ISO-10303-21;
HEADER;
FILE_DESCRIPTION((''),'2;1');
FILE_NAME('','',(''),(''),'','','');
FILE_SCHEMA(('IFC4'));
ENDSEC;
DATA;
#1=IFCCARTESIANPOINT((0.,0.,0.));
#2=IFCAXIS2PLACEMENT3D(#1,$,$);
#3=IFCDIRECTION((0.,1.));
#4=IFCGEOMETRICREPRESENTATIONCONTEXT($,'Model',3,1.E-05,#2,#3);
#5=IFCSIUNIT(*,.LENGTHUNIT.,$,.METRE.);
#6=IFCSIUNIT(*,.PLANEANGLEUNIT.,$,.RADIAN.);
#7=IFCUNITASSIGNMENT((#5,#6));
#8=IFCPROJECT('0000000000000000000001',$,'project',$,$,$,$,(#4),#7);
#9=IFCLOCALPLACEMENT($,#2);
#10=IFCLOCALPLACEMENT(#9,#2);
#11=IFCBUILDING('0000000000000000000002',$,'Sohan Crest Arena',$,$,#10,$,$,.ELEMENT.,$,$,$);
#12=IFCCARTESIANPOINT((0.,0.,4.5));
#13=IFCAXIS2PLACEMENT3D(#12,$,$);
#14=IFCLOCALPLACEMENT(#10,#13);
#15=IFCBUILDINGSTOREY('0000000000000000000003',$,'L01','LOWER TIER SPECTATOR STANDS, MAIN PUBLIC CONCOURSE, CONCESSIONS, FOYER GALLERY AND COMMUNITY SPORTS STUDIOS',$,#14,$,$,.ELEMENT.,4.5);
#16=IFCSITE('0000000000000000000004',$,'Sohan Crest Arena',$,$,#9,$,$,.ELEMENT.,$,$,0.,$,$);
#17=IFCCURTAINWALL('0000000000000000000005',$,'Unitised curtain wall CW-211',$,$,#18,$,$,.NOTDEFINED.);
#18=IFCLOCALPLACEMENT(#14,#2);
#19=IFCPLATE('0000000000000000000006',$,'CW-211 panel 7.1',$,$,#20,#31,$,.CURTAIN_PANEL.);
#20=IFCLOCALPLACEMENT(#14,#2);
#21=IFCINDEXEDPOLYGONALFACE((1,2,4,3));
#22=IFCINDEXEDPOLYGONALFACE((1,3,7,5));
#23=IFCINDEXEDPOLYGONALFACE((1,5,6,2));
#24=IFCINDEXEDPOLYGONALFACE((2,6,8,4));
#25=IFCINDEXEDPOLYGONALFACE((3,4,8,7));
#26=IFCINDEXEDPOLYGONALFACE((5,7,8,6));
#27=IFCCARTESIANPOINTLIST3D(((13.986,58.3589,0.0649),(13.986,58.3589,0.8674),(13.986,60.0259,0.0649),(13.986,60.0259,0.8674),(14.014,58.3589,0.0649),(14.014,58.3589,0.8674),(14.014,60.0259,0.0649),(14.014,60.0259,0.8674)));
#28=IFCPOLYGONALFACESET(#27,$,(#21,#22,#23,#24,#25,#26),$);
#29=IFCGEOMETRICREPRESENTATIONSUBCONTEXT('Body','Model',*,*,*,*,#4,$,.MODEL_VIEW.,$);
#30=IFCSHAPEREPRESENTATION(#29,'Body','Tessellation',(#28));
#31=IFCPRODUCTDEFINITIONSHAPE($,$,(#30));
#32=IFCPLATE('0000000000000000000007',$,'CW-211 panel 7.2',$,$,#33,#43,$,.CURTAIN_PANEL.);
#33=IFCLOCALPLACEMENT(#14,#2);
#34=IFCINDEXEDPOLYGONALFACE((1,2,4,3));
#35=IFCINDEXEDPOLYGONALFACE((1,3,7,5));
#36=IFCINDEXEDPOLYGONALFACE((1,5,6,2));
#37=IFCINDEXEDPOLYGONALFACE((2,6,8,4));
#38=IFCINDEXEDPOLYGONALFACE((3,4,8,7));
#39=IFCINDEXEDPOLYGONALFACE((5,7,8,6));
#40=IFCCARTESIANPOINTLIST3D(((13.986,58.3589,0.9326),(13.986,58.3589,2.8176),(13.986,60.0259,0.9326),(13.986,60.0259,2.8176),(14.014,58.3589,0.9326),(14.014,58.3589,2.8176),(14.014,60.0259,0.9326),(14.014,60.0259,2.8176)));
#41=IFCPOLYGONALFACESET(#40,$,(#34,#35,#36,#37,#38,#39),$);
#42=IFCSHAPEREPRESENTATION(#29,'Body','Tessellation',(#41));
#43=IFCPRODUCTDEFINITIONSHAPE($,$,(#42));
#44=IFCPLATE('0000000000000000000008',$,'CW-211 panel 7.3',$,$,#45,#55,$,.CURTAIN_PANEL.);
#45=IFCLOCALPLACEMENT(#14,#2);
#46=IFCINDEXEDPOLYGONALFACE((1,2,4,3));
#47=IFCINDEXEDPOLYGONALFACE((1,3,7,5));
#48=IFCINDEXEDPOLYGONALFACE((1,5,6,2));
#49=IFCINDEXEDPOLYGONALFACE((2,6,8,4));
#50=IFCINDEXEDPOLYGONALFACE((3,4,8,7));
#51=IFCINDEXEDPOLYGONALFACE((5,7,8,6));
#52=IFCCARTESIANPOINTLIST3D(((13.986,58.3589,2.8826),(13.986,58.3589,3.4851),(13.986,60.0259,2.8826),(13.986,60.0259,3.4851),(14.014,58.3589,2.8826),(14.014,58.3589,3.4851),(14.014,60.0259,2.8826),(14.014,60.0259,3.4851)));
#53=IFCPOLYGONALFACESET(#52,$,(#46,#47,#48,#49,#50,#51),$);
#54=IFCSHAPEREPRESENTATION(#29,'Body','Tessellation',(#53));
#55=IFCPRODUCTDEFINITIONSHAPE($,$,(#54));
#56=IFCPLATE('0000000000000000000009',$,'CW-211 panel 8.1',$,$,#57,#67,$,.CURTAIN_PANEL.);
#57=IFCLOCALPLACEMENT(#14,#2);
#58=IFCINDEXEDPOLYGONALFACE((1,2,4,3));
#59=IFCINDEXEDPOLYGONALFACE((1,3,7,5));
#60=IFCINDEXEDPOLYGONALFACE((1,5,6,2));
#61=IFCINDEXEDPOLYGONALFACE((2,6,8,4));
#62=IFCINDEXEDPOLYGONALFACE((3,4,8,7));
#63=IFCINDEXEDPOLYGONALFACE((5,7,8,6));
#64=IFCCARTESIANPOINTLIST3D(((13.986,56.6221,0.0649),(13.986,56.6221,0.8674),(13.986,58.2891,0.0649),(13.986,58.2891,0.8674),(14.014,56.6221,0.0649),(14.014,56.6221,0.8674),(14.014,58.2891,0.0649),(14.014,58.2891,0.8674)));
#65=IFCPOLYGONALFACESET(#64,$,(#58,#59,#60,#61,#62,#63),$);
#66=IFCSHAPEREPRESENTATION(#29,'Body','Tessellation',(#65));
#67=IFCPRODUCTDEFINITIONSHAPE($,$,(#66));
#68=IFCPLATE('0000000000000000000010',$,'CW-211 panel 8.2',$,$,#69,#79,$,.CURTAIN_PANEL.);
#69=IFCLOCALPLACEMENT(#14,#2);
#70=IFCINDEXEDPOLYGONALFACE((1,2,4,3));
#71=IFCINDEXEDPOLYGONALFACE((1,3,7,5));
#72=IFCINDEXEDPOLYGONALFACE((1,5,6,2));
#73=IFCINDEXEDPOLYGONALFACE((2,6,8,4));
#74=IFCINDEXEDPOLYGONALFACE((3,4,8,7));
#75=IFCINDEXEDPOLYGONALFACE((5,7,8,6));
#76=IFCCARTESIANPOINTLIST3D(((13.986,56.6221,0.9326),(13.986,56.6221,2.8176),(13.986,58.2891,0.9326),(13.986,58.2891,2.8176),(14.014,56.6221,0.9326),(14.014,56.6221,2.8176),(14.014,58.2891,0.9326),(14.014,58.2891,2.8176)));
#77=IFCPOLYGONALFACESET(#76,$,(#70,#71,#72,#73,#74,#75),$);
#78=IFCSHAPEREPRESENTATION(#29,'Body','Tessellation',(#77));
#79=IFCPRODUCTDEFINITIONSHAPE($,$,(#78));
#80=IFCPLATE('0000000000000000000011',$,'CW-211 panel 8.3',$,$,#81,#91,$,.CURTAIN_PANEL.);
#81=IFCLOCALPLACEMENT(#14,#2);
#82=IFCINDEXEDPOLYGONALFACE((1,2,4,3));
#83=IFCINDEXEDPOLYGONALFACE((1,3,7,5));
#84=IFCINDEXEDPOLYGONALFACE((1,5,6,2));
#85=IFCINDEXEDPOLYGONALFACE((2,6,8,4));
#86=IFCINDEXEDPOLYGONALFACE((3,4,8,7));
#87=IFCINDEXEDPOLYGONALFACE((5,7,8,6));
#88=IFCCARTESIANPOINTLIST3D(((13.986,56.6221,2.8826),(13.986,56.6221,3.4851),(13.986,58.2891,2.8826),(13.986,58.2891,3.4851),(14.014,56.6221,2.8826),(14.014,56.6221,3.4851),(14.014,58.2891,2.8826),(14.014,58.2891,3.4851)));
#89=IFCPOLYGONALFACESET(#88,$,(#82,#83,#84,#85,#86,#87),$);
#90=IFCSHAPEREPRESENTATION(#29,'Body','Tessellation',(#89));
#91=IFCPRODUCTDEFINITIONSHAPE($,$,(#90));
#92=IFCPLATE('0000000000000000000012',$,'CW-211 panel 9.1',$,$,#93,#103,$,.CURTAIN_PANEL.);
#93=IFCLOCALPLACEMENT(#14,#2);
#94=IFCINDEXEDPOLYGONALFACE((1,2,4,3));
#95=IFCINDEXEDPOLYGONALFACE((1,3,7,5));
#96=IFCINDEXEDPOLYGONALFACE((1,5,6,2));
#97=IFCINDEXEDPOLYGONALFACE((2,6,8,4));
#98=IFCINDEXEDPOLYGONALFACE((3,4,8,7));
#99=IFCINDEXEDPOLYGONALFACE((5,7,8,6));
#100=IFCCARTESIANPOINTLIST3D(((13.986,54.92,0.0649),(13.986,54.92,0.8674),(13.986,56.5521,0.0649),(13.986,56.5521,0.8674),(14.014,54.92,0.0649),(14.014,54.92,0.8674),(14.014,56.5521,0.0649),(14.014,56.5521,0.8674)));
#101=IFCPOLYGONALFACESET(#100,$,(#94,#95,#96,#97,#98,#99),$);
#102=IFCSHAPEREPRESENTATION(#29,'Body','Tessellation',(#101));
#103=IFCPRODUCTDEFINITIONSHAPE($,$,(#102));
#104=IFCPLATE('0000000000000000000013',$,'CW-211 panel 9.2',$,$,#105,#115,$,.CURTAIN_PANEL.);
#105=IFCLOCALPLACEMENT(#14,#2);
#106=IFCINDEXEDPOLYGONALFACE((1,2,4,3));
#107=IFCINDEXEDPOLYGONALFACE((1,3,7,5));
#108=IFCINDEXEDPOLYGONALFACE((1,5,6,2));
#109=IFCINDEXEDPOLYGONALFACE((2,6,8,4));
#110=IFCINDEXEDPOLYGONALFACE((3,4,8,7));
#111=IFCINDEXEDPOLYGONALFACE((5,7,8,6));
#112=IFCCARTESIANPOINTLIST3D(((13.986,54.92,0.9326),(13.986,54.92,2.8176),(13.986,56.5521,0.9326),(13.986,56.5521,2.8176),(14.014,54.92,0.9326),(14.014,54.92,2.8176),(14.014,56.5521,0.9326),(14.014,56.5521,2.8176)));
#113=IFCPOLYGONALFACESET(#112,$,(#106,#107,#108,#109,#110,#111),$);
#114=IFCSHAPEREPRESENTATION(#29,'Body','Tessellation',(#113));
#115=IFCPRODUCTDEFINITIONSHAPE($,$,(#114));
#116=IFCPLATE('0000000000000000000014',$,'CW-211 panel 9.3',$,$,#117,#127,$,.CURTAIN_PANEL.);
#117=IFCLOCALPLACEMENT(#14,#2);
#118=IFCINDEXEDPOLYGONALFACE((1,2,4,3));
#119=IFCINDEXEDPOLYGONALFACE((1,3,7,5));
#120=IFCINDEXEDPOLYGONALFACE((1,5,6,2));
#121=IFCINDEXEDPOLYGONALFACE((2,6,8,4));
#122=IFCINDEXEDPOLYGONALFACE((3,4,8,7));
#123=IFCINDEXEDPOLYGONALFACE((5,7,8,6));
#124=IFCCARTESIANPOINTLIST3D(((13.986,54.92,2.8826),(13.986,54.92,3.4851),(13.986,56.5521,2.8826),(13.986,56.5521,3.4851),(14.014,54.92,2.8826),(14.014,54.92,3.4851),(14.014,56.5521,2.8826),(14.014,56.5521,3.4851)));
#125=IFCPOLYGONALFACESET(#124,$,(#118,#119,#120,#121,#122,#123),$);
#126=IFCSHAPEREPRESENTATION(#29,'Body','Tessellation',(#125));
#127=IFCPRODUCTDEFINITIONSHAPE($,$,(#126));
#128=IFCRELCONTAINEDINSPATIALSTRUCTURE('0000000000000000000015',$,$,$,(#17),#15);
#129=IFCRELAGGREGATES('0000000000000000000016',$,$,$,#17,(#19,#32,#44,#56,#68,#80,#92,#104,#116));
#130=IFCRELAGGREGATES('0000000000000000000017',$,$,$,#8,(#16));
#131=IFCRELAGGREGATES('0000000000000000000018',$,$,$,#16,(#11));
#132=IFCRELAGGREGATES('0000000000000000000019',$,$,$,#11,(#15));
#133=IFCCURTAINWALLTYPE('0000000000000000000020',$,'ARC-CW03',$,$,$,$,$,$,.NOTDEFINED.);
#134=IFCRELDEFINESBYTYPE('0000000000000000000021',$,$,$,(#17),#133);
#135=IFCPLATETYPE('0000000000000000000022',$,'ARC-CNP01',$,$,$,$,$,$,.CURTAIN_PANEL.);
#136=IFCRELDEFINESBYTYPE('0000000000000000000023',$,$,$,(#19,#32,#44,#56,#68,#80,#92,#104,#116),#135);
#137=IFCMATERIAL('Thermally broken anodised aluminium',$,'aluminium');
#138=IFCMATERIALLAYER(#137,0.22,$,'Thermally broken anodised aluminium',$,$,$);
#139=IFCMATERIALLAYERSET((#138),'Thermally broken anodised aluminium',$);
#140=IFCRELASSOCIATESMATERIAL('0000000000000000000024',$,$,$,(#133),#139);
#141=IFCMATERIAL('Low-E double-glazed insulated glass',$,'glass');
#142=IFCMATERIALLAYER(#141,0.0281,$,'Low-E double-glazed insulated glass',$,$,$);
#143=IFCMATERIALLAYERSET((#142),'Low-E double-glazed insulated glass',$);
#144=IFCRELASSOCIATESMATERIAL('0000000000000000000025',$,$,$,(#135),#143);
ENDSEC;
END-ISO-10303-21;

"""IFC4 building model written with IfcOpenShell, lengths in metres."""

from ifc_helpers import new_model, si_unit, direction, frame, origin, origin_2d, place, context, subcontext, project, spatial, rectangle, extrude, material, layer, layer_set, type_object, element, aggregate, save


model = new_model("IFC4")

# Units and contexts
model_context = context("Model", 3, precision=1e-05, world=origin(), true_north=direction((0.0, 1.0)))
body_context = subcontext(model_context, "Body", "Model", "MODEL_VIEW")
ifc_project = project(units=[si_unit("LENGTHUNIT", "METRE"), si_unit("PLANEANGLEUNIT", "RADIAN")], contexts=[model_context])

# Site, building, storey
site_placement = place(None, origin())
site = spatial("IfcSite", under=ifc_project, at=site_placement, Name="Sohan Crest Arena", CompositionType="ELEMENT", RefElevation=0.0)
building_placement = place(site_placement, origin())
building = spatial("IfcBuilding", under=site, at=building_placement, Name="Sohan Crest Arena", CompositionType="ELEMENT")
storey_placement = place(building_placement, frame((0.0, 0.0, 4.5)))
storey = spatial("IfcBuildingStorey", under=building, at=storey_placement, Name="L01", Description="LOWER TIER SPECTATOR STANDS, MAIN PUBLIC CONCOURSE, CONCESSIONS, FOYER GALLERY AND COMMUNITY SPORTS STUDIOS", CompositionType="ELEMENT", Elevation=4.5)

# Shared definitions
ifc_material_1 = material(Name="Thermally broken anodised aluminium", Category="aluminium")

# Curtain wall
ifc_layer_1 = layer(ifc_material_1, 0.22, Name="Thermally broken anodised aluminium")
ifc_layer_set_1 = layer_set([ifc_layer_1], Name="Thermally broken anodised aluminium")
curtain_wall_type_1 = type_object("IfcCurtainWallType", Name="ARC-CW03", PredefinedType="NOTDEFINED", material=ifc_layer_set_1)
curtain_wall_1_placement = place(storey_placement, origin())
curtain_wall_1 = element("IfcCurtainWall", 1, at=curtain_wall_1_placement, inside=storey, type_object=curtain_wall_type_1, Name="Unitised curtain wall CW-211", PredefinedType="NOTDEFINED")

# Plates
ifc_material_2 = material(Name="Low-E double-glazed insulated glass", Category="glass")
ifc_layer_2 = layer(ifc_material_2, 0.0281, Name="Low-E double-glazed insulated glass")
ifc_layer_set_2 = layer_set([ifc_layer_2], Name="Low-E double-glazed insulated glass")
plate_type = type_object("IfcPlateType", Name="ARC-CNP01", PredefinedType="CURTAIN_PANEL", material=ifc_layer_set_2)
plate_1_placement = place(storey_placement, frame((14.0, 59.1924, 0.0649), z_axis=(0.0, 0.0, 1.0), x_axis=(0.0, -1.0, 0.0)))
plate_1 = element("IfcPlate", 2, at=plate_1_placement, type_object=plate_type, Name="CW-211 panel 7.1", PredefinedType="CURTAIN_PANEL", context=body_context, shape_type="SweptSolid", body=[
    extrude(rectangle(XDim=1.667, YDim=0.0281, at=origin_2d()), origin(), (0.0, 0.0, 1.0), 0.8025),
])
plate_2_placement = place(storey_placement, frame((14.0, 59.1924, 0.9326), z_axis=(0.0, 0.0, 1.0), x_axis=(0.0, -1.0, 0.0)))
plate_2 = element("IfcPlate", 3, at=plate_2_placement, type_object=plate_type, Name="CW-211 panel 7.2", PredefinedType="CURTAIN_PANEL", context=body_context, shape_type="SweptSolid", body=[
    extrude(rectangle(XDim=1.667, YDim=0.0281, at=origin_2d()), origin(), (0.0, 0.0, 1.0), 1.885),
])
plate_3_placement = place(storey_placement, frame((14.0, 59.1924, 2.8826), z_axis=(0.0, 0.0, 1.0), x_axis=(0.0, -1.0, 0.0)))
plate_3 = element("IfcPlate", 4, at=plate_3_placement, type_object=plate_type, Name="CW-211 panel 7.3", PredefinedType="CURTAIN_PANEL", context=body_context, shape_type="SweptSolid", body=[
    extrude(rectangle(XDim=1.667, YDim=0.0281, at=origin_2d()), origin(), (0.0, 0.0, 1.0), 0.6025),
])
plate_4_placement = place(storey_placement, frame((14.0, 57.4556, 0.0649), z_axis=(0.0, 0.0, 1.0), x_axis=(0.0, -1.0, 0.0)))
plate_4 = element("IfcPlate", 5, at=plate_4_placement, type_object=plate_type, Name="CW-211 panel 8.1", PredefinedType="CURTAIN_PANEL", context=body_context, shape_type="SweptSolid", body=[
    extrude(rectangle(XDim=1.667, YDim=0.0281, at=origin_2d()), origin(), (0.0, 0.0, 1.0), 0.8025),
])
plate_5_placement = place(storey_placement, frame((14.0, 57.4556, 0.9326), z_axis=(0.0, 0.0, 1.0), x_axis=(0.0, -1.0, 0.0)))
plate_5 = element("IfcPlate", 6, at=plate_5_placement, type_object=plate_type, Name="CW-211 panel 8.2", PredefinedType="CURTAIN_PANEL", context=body_context, shape_type="SweptSolid", body=[
    extrude(rectangle(XDim=1.667, YDim=0.0281, at=origin_2d()), origin(), (0.0, 0.0, 1.0), 1.885),
])
plate_6_placement = place(storey_placement, frame((14.0, 57.4556, 2.8826), z_axis=(0.0, 0.0, 1.0), x_axis=(0.0, -1.0, 0.0)))
plate_6 = element("IfcPlate", 7, at=plate_6_placement, type_object=plate_type, Name="CW-211 panel 8.3", PredefinedType="CURTAIN_PANEL", context=body_context, shape_type="SweptSolid", body=[
    extrude(rectangle(XDim=1.667, YDim=0.0281, at=origin_2d()), origin(), (0.0, 0.0, 1.0), 0.6025),
])
plate_7_placement = place(storey_placement, frame((14.0, 55.7361, 0.0649), z_axis=(0.0, 0.0, 1.0), x_axis=(0.0, -1.0, 0.0)))
plate_7 = element("IfcPlate", 8, at=plate_7_placement, type_object=plate_type, Name="CW-211 panel 9.1", PredefinedType="CURTAIN_PANEL", context=body_context, shape_type="SweptSolid", body=[
    extrude(rectangle(XDim=1.6321, YDim=0.0281, at=origin_2d()), origin(), (0.0, 0.0, 1.0), 0.8025),
])
plate_8_placement = place(storey_placement, frame((14.0, 55.7361, 0.9326), z_axis=(0.0, 0.0, 1.0), x_axis=(0.0, -1.0, 0.0)))
plate_8 = element("IfcPlate", 9, at=plate_8_placement, type_object=plate_type, Name="CW-211 panel 9.2", PredefinedType="CURTAIN_PANEL", context=body_context, shape_type="SweptSolid", body=[
    extrude(rectangle(XDim=1.6321, YDim=0.0281, at=origin_2d()), origin(), (0.0, 0.0, 1.0), 1.885),
])
plate_9_placement = place(storey_placement, frame((14.0, 55.7361, 2.8826), z_axis=(0.0, 0.0, 1.0), x_axis=(0.0, -1.0, 0.0)))
plate_9 = element("IfcPlate", 10, at=plate_9_placement, type_object=plate_type, Name="CW-211 panel 9.3", PredefinedType="CURTAIN_PANEL", context=body_context, shape_type="SweptSolid", body=[
    extrude(rectangle(XDim=1.6321, YDim=0.0281, at=origin_2d()), origin(), (0.0, 0.0, 1.0), 0.6025),
])
aggregate(curtain_wall_1, [plate_1, plate_2, plate_3, plate_4, plate_5, plate_6, plate_7, plate_8, plate_9])

save(model, "model.ifc")
